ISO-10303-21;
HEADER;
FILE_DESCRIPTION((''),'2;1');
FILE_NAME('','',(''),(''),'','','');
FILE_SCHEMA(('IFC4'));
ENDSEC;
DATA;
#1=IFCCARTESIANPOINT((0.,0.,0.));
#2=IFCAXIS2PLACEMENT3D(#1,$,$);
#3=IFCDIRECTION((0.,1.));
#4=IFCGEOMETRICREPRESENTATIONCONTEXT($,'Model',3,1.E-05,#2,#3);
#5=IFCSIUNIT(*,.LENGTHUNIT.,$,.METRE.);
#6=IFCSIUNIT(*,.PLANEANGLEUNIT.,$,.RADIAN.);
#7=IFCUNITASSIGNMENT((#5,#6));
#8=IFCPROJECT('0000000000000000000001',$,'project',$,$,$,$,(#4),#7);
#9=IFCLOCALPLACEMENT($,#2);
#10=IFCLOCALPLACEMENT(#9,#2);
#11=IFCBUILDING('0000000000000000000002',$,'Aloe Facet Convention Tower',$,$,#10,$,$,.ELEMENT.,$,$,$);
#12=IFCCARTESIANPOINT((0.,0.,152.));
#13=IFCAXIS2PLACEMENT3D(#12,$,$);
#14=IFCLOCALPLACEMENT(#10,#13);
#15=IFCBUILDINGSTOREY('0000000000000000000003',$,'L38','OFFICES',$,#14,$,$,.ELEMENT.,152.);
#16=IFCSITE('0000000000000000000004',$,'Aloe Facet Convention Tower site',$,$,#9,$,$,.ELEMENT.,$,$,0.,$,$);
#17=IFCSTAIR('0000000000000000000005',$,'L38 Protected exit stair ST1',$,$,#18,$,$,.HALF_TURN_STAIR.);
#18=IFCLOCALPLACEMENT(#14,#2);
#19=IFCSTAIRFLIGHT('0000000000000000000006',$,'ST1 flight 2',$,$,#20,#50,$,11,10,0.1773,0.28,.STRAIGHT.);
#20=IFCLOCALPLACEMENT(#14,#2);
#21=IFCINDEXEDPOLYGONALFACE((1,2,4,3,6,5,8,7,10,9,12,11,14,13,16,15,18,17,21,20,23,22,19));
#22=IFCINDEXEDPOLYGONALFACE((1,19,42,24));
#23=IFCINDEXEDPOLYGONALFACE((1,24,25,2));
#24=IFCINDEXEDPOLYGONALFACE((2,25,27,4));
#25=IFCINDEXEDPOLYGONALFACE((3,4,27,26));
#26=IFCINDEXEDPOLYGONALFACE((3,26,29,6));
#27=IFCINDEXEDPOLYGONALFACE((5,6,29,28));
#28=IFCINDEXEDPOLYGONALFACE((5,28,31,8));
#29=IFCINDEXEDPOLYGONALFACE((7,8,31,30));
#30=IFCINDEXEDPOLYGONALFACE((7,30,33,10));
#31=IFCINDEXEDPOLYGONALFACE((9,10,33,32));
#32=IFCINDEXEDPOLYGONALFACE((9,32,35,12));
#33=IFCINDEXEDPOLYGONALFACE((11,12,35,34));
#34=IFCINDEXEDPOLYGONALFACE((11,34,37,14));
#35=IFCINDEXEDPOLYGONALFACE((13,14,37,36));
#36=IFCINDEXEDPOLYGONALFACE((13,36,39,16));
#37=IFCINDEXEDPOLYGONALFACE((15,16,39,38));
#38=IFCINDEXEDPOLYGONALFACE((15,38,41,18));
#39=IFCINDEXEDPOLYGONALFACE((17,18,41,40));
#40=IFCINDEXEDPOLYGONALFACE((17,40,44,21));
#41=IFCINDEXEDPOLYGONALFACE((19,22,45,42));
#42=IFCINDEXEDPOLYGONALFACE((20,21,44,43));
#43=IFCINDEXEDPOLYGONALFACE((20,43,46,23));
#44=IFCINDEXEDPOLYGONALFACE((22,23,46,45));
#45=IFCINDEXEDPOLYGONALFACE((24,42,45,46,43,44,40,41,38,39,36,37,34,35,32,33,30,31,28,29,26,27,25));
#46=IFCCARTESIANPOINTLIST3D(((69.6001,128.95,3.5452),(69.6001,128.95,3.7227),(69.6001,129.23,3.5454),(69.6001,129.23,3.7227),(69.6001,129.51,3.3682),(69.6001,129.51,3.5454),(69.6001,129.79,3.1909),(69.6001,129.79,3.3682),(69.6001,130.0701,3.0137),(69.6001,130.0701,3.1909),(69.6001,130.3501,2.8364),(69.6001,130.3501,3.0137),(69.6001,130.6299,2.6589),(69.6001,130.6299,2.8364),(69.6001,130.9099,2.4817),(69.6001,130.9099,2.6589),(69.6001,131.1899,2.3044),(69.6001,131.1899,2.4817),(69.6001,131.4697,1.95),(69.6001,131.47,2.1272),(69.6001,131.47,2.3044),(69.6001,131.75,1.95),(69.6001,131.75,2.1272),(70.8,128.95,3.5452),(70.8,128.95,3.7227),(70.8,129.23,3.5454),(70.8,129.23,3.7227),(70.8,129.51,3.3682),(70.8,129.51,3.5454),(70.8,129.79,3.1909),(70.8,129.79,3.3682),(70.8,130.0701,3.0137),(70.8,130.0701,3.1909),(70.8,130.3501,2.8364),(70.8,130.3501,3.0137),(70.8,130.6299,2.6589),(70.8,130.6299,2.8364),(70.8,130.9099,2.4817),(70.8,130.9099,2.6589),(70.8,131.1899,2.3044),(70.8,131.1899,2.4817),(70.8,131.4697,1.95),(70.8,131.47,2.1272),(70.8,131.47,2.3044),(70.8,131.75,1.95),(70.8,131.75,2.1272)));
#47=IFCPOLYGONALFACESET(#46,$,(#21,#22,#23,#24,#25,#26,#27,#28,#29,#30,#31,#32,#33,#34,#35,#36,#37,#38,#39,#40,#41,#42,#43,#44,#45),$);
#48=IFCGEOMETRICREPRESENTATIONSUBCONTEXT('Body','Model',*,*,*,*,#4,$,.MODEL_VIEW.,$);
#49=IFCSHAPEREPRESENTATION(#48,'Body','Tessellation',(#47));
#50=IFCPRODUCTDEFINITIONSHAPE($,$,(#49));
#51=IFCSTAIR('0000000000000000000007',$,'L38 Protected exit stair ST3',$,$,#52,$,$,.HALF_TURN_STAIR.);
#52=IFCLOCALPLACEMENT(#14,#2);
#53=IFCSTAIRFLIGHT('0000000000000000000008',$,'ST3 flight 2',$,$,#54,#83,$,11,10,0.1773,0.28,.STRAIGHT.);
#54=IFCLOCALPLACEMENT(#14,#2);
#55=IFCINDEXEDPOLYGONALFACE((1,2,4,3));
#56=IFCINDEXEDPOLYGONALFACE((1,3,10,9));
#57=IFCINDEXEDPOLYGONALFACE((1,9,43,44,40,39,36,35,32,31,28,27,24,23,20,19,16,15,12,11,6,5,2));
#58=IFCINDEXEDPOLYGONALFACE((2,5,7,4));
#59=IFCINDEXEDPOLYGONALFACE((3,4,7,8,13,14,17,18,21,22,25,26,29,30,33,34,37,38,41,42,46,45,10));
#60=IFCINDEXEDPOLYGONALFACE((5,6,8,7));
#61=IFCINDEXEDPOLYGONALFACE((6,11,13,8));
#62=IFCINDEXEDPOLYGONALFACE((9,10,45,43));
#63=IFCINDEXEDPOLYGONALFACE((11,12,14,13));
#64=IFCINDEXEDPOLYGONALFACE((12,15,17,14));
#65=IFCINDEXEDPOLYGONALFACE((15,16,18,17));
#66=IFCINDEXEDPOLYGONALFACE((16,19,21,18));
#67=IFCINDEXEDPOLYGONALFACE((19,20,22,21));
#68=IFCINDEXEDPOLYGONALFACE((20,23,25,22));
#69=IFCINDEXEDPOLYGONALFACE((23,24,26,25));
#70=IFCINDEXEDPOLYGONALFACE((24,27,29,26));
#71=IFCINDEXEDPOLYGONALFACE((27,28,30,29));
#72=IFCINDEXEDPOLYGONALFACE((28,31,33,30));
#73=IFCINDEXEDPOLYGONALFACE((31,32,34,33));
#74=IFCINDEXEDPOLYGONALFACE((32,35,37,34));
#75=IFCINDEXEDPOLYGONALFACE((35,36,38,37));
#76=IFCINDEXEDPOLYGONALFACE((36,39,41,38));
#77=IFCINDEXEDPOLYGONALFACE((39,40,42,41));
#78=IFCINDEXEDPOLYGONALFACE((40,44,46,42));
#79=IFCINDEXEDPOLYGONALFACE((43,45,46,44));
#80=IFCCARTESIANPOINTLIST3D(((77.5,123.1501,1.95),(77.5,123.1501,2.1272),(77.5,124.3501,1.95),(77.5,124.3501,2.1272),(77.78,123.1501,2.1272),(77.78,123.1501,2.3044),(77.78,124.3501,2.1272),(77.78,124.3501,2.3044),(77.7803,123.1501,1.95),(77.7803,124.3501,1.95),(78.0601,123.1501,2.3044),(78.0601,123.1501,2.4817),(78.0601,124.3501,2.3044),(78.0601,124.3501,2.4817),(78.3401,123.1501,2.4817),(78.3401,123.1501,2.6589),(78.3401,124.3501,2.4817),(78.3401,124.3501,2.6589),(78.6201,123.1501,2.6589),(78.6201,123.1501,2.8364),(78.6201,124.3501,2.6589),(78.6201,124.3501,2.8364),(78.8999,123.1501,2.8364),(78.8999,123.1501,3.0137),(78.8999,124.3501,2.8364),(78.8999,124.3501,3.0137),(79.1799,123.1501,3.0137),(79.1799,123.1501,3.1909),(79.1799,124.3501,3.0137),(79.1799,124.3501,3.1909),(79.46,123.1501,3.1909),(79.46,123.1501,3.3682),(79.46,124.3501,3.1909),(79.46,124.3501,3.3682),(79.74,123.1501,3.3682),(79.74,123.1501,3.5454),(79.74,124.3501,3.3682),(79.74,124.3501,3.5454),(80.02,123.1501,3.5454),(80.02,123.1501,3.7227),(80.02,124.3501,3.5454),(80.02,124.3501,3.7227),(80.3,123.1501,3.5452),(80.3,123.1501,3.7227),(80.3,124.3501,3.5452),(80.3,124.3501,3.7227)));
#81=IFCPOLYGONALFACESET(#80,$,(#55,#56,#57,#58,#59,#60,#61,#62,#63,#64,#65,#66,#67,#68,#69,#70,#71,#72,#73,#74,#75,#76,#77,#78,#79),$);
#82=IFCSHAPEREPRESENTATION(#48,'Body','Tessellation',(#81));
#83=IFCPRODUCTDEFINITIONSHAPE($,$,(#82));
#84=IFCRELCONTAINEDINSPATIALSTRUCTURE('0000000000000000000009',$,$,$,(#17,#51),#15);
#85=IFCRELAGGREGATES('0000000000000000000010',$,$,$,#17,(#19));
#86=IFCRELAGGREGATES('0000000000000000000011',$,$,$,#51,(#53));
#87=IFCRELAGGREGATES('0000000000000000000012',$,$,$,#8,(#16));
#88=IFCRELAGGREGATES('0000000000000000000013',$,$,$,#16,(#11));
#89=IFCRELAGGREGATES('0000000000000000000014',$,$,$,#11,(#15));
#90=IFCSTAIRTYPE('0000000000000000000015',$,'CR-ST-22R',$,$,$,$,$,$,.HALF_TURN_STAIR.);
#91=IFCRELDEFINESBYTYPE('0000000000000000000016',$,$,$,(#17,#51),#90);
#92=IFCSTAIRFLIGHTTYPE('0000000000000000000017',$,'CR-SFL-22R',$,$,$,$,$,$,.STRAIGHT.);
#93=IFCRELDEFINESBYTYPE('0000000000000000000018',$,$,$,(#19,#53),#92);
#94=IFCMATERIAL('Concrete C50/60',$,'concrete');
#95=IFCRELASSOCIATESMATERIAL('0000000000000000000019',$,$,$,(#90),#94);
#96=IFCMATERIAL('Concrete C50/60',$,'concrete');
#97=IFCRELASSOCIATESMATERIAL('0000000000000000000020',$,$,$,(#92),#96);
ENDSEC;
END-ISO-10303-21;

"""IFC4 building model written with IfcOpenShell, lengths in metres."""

from ifc_helpers import new_model, si_unit, direction, frame, origin, place, context, subcontext, project, spatial, polyline, outline, extrude, material, type_object, element, aggregate, save


model = new_model("IFC4")

# Units and contexts
model_context = context("Model", 3, precision=1e-05, world=origin(), true_north=direction((0.0, 1.0)))
body_context = subcontext(model_context, "Body", "Model", "MODEL_VIEW")
ifc_project = project(units=[si_unit("LENGTHUNIT", "METRE"), si_unit("PLANEANGLEUNIT", "RADIAN")], contexts=[model_context])

# Site, building, storey
site_placement = place(None, origin())
site = spatial("IfcSite", under=ifc_project, at=site_placement, Name="Aloe Facet Convention Tower site", CompositionType="ELEMENT", RefElevation=0.0)
building_placement = place(site_placement, origin())
building = spatial("IfcBuilding", under=site, at=building_placement, Name="Aloe Facet Convention Tower", CompositionType="ELEMENT")
storey_placement = place(building_placement, frame((0.0, 0.0, 152.0)))
storey = spatial("IfcBuildingStorey", under=building, at=storey_placement, Name="L38", Description="OFFICES", CompositionType="ELEMENT", Elevation=152.0)

# Stair, stair flight
ifc_material_1 = material(Name="Concrete C50/60", Category="concrete")
stair_type = type_object("IfcStairType", Name="CR-ST-22R", PredefinedType="HALF_TURN_STAIR", material=ifc_material_1)
stair_1_placement = place(storey_placement, origin())
stair_1 = element("IfcStair", 1, at=stair_1_placement, inside=storey, type_object=stair_type, Name="L38 Protected exit stair ST1", PredefinedType="HALF_TURN_STAIR")
ifc_material_2 = material(Name="Concrete C50/60", Category="concrete")
stair_flight_type = type_object("IfcStairFlightType", Name="CR-SFL-22R", PredefinedType="STRAIGHT", material=ifc_material_2)
stair_flight_1_placement = place(storey_placement, frame((70.2, 131.75, 1.95), z_axis=(0.0, 0.0, 1.0), x_axis=(0.0, -1.0, 0.0)))
stair_flight_1 = element("IfcStairFlight", 2, at=stair_flight_1_placement, type_object=stair_flight_type, Name="ST1 flight 2", NumberOfRisers=11, NumberOfTreads=10, PredefinedType="STRAIGHT", RiserHeight=0.1773, TreadLength=0.28, context=body_context, shape_type="SweptSolid", body=[
    extrude(outline(polyline([(0.0, 0.0), (0.0, 0.1772), (0.28, 0.1772), (0.28, 0.3545), (0.5601, 0.3545), (0.5601, 0.5317), (0.8401, 0.5317), (0.8401, 0.709), (1.1201, 0.709), (1.1201, 0.8865), (1.3999, 0.8865), (1.3999, 1.0637), (1.6799, 1.0637), (1.6799, 1.241), (1.96, 1.241), (1.96, 1.4182), (2.24, 1.4182), (2.24, 1.5955), (2.52, 1.5955), (2.52, 1.7727), (2.8, 1.7727), (2.8, 1.95), (2.8, 1.5952), (0.2803, 0.0), (0.0, 0.0)])), frame((0.0, 0.6001, 0.0), z_axis=(0.0, -1.0, 0.0), x_axis=(1.0, 0.0, 0.0)), (0.0, 0.0, 1.0), 1.2),
])
aggregate(stair_1, [stair_flight_1])

# Stair, stair flight
stair_2_placement = place(storey_placement, origin())
stair_2 = element("IfcStair", 3, at=stair_2_placement, inside=storey, type_object=stair_type, Name="L38 Protected exit stair ST3", PredefinedType="HALF_TURN_STAIR")
stair_flight_2_placement = place(storey_placement, frame((77.5, 123.75, 1.95), z_axis=(0.0, 0.0, 1.0), x_axis=(1.0, 0.0, 0.0)))
stair_flight_2 = element("IfcStairFlight", 4, at=stair_flight_2_placement, type_object=stair_flight_type, Name="ST3 flight 2", NumberOfRisers=11, NumberOfTreads=10, PredefinedType="STRAIGHT", RiserHeight=0.1773, TreadLength=0.28, context=body_context, shape_type="SweptSolid", body=[
    extrude(outline(polyline([(0.0, 0.0), (0.0, 0.1772), (0.28, 0.1772), (0.28, 0.3545), (0.5601, 0.3545), (0.5601, 0.5317), (0.8401, 0.5317), (0.8401, 0.709), (1.1201, 0.709), (1.1201, 0.8865), (1.3999, 0.8865), (1.3999, 1.0637), (1.6799, 1.0637), (1.6799, 1.241), (1.96, 1.241), (1.96, 1.4182), (2.24, 1.4182), (2.24, 1.5955), (2.52, 1.5955), (2.52, 1.7727), (2.8, 1.7727), (2.8, 1.95), (2.8, 1.5952), (0.2803, 0.0), (0.0, 0.0)])), frame((0.0, 0.6001, 0.0), z_axis=(0.0, -1.0, 0.0), x_axis=(1.0, 0.0, 0.0)), (0.0, 0.0, 1.0), 1.2),
])
aggregate(stair_2, [stair_flight_2])

save(model, "model.ifc")
